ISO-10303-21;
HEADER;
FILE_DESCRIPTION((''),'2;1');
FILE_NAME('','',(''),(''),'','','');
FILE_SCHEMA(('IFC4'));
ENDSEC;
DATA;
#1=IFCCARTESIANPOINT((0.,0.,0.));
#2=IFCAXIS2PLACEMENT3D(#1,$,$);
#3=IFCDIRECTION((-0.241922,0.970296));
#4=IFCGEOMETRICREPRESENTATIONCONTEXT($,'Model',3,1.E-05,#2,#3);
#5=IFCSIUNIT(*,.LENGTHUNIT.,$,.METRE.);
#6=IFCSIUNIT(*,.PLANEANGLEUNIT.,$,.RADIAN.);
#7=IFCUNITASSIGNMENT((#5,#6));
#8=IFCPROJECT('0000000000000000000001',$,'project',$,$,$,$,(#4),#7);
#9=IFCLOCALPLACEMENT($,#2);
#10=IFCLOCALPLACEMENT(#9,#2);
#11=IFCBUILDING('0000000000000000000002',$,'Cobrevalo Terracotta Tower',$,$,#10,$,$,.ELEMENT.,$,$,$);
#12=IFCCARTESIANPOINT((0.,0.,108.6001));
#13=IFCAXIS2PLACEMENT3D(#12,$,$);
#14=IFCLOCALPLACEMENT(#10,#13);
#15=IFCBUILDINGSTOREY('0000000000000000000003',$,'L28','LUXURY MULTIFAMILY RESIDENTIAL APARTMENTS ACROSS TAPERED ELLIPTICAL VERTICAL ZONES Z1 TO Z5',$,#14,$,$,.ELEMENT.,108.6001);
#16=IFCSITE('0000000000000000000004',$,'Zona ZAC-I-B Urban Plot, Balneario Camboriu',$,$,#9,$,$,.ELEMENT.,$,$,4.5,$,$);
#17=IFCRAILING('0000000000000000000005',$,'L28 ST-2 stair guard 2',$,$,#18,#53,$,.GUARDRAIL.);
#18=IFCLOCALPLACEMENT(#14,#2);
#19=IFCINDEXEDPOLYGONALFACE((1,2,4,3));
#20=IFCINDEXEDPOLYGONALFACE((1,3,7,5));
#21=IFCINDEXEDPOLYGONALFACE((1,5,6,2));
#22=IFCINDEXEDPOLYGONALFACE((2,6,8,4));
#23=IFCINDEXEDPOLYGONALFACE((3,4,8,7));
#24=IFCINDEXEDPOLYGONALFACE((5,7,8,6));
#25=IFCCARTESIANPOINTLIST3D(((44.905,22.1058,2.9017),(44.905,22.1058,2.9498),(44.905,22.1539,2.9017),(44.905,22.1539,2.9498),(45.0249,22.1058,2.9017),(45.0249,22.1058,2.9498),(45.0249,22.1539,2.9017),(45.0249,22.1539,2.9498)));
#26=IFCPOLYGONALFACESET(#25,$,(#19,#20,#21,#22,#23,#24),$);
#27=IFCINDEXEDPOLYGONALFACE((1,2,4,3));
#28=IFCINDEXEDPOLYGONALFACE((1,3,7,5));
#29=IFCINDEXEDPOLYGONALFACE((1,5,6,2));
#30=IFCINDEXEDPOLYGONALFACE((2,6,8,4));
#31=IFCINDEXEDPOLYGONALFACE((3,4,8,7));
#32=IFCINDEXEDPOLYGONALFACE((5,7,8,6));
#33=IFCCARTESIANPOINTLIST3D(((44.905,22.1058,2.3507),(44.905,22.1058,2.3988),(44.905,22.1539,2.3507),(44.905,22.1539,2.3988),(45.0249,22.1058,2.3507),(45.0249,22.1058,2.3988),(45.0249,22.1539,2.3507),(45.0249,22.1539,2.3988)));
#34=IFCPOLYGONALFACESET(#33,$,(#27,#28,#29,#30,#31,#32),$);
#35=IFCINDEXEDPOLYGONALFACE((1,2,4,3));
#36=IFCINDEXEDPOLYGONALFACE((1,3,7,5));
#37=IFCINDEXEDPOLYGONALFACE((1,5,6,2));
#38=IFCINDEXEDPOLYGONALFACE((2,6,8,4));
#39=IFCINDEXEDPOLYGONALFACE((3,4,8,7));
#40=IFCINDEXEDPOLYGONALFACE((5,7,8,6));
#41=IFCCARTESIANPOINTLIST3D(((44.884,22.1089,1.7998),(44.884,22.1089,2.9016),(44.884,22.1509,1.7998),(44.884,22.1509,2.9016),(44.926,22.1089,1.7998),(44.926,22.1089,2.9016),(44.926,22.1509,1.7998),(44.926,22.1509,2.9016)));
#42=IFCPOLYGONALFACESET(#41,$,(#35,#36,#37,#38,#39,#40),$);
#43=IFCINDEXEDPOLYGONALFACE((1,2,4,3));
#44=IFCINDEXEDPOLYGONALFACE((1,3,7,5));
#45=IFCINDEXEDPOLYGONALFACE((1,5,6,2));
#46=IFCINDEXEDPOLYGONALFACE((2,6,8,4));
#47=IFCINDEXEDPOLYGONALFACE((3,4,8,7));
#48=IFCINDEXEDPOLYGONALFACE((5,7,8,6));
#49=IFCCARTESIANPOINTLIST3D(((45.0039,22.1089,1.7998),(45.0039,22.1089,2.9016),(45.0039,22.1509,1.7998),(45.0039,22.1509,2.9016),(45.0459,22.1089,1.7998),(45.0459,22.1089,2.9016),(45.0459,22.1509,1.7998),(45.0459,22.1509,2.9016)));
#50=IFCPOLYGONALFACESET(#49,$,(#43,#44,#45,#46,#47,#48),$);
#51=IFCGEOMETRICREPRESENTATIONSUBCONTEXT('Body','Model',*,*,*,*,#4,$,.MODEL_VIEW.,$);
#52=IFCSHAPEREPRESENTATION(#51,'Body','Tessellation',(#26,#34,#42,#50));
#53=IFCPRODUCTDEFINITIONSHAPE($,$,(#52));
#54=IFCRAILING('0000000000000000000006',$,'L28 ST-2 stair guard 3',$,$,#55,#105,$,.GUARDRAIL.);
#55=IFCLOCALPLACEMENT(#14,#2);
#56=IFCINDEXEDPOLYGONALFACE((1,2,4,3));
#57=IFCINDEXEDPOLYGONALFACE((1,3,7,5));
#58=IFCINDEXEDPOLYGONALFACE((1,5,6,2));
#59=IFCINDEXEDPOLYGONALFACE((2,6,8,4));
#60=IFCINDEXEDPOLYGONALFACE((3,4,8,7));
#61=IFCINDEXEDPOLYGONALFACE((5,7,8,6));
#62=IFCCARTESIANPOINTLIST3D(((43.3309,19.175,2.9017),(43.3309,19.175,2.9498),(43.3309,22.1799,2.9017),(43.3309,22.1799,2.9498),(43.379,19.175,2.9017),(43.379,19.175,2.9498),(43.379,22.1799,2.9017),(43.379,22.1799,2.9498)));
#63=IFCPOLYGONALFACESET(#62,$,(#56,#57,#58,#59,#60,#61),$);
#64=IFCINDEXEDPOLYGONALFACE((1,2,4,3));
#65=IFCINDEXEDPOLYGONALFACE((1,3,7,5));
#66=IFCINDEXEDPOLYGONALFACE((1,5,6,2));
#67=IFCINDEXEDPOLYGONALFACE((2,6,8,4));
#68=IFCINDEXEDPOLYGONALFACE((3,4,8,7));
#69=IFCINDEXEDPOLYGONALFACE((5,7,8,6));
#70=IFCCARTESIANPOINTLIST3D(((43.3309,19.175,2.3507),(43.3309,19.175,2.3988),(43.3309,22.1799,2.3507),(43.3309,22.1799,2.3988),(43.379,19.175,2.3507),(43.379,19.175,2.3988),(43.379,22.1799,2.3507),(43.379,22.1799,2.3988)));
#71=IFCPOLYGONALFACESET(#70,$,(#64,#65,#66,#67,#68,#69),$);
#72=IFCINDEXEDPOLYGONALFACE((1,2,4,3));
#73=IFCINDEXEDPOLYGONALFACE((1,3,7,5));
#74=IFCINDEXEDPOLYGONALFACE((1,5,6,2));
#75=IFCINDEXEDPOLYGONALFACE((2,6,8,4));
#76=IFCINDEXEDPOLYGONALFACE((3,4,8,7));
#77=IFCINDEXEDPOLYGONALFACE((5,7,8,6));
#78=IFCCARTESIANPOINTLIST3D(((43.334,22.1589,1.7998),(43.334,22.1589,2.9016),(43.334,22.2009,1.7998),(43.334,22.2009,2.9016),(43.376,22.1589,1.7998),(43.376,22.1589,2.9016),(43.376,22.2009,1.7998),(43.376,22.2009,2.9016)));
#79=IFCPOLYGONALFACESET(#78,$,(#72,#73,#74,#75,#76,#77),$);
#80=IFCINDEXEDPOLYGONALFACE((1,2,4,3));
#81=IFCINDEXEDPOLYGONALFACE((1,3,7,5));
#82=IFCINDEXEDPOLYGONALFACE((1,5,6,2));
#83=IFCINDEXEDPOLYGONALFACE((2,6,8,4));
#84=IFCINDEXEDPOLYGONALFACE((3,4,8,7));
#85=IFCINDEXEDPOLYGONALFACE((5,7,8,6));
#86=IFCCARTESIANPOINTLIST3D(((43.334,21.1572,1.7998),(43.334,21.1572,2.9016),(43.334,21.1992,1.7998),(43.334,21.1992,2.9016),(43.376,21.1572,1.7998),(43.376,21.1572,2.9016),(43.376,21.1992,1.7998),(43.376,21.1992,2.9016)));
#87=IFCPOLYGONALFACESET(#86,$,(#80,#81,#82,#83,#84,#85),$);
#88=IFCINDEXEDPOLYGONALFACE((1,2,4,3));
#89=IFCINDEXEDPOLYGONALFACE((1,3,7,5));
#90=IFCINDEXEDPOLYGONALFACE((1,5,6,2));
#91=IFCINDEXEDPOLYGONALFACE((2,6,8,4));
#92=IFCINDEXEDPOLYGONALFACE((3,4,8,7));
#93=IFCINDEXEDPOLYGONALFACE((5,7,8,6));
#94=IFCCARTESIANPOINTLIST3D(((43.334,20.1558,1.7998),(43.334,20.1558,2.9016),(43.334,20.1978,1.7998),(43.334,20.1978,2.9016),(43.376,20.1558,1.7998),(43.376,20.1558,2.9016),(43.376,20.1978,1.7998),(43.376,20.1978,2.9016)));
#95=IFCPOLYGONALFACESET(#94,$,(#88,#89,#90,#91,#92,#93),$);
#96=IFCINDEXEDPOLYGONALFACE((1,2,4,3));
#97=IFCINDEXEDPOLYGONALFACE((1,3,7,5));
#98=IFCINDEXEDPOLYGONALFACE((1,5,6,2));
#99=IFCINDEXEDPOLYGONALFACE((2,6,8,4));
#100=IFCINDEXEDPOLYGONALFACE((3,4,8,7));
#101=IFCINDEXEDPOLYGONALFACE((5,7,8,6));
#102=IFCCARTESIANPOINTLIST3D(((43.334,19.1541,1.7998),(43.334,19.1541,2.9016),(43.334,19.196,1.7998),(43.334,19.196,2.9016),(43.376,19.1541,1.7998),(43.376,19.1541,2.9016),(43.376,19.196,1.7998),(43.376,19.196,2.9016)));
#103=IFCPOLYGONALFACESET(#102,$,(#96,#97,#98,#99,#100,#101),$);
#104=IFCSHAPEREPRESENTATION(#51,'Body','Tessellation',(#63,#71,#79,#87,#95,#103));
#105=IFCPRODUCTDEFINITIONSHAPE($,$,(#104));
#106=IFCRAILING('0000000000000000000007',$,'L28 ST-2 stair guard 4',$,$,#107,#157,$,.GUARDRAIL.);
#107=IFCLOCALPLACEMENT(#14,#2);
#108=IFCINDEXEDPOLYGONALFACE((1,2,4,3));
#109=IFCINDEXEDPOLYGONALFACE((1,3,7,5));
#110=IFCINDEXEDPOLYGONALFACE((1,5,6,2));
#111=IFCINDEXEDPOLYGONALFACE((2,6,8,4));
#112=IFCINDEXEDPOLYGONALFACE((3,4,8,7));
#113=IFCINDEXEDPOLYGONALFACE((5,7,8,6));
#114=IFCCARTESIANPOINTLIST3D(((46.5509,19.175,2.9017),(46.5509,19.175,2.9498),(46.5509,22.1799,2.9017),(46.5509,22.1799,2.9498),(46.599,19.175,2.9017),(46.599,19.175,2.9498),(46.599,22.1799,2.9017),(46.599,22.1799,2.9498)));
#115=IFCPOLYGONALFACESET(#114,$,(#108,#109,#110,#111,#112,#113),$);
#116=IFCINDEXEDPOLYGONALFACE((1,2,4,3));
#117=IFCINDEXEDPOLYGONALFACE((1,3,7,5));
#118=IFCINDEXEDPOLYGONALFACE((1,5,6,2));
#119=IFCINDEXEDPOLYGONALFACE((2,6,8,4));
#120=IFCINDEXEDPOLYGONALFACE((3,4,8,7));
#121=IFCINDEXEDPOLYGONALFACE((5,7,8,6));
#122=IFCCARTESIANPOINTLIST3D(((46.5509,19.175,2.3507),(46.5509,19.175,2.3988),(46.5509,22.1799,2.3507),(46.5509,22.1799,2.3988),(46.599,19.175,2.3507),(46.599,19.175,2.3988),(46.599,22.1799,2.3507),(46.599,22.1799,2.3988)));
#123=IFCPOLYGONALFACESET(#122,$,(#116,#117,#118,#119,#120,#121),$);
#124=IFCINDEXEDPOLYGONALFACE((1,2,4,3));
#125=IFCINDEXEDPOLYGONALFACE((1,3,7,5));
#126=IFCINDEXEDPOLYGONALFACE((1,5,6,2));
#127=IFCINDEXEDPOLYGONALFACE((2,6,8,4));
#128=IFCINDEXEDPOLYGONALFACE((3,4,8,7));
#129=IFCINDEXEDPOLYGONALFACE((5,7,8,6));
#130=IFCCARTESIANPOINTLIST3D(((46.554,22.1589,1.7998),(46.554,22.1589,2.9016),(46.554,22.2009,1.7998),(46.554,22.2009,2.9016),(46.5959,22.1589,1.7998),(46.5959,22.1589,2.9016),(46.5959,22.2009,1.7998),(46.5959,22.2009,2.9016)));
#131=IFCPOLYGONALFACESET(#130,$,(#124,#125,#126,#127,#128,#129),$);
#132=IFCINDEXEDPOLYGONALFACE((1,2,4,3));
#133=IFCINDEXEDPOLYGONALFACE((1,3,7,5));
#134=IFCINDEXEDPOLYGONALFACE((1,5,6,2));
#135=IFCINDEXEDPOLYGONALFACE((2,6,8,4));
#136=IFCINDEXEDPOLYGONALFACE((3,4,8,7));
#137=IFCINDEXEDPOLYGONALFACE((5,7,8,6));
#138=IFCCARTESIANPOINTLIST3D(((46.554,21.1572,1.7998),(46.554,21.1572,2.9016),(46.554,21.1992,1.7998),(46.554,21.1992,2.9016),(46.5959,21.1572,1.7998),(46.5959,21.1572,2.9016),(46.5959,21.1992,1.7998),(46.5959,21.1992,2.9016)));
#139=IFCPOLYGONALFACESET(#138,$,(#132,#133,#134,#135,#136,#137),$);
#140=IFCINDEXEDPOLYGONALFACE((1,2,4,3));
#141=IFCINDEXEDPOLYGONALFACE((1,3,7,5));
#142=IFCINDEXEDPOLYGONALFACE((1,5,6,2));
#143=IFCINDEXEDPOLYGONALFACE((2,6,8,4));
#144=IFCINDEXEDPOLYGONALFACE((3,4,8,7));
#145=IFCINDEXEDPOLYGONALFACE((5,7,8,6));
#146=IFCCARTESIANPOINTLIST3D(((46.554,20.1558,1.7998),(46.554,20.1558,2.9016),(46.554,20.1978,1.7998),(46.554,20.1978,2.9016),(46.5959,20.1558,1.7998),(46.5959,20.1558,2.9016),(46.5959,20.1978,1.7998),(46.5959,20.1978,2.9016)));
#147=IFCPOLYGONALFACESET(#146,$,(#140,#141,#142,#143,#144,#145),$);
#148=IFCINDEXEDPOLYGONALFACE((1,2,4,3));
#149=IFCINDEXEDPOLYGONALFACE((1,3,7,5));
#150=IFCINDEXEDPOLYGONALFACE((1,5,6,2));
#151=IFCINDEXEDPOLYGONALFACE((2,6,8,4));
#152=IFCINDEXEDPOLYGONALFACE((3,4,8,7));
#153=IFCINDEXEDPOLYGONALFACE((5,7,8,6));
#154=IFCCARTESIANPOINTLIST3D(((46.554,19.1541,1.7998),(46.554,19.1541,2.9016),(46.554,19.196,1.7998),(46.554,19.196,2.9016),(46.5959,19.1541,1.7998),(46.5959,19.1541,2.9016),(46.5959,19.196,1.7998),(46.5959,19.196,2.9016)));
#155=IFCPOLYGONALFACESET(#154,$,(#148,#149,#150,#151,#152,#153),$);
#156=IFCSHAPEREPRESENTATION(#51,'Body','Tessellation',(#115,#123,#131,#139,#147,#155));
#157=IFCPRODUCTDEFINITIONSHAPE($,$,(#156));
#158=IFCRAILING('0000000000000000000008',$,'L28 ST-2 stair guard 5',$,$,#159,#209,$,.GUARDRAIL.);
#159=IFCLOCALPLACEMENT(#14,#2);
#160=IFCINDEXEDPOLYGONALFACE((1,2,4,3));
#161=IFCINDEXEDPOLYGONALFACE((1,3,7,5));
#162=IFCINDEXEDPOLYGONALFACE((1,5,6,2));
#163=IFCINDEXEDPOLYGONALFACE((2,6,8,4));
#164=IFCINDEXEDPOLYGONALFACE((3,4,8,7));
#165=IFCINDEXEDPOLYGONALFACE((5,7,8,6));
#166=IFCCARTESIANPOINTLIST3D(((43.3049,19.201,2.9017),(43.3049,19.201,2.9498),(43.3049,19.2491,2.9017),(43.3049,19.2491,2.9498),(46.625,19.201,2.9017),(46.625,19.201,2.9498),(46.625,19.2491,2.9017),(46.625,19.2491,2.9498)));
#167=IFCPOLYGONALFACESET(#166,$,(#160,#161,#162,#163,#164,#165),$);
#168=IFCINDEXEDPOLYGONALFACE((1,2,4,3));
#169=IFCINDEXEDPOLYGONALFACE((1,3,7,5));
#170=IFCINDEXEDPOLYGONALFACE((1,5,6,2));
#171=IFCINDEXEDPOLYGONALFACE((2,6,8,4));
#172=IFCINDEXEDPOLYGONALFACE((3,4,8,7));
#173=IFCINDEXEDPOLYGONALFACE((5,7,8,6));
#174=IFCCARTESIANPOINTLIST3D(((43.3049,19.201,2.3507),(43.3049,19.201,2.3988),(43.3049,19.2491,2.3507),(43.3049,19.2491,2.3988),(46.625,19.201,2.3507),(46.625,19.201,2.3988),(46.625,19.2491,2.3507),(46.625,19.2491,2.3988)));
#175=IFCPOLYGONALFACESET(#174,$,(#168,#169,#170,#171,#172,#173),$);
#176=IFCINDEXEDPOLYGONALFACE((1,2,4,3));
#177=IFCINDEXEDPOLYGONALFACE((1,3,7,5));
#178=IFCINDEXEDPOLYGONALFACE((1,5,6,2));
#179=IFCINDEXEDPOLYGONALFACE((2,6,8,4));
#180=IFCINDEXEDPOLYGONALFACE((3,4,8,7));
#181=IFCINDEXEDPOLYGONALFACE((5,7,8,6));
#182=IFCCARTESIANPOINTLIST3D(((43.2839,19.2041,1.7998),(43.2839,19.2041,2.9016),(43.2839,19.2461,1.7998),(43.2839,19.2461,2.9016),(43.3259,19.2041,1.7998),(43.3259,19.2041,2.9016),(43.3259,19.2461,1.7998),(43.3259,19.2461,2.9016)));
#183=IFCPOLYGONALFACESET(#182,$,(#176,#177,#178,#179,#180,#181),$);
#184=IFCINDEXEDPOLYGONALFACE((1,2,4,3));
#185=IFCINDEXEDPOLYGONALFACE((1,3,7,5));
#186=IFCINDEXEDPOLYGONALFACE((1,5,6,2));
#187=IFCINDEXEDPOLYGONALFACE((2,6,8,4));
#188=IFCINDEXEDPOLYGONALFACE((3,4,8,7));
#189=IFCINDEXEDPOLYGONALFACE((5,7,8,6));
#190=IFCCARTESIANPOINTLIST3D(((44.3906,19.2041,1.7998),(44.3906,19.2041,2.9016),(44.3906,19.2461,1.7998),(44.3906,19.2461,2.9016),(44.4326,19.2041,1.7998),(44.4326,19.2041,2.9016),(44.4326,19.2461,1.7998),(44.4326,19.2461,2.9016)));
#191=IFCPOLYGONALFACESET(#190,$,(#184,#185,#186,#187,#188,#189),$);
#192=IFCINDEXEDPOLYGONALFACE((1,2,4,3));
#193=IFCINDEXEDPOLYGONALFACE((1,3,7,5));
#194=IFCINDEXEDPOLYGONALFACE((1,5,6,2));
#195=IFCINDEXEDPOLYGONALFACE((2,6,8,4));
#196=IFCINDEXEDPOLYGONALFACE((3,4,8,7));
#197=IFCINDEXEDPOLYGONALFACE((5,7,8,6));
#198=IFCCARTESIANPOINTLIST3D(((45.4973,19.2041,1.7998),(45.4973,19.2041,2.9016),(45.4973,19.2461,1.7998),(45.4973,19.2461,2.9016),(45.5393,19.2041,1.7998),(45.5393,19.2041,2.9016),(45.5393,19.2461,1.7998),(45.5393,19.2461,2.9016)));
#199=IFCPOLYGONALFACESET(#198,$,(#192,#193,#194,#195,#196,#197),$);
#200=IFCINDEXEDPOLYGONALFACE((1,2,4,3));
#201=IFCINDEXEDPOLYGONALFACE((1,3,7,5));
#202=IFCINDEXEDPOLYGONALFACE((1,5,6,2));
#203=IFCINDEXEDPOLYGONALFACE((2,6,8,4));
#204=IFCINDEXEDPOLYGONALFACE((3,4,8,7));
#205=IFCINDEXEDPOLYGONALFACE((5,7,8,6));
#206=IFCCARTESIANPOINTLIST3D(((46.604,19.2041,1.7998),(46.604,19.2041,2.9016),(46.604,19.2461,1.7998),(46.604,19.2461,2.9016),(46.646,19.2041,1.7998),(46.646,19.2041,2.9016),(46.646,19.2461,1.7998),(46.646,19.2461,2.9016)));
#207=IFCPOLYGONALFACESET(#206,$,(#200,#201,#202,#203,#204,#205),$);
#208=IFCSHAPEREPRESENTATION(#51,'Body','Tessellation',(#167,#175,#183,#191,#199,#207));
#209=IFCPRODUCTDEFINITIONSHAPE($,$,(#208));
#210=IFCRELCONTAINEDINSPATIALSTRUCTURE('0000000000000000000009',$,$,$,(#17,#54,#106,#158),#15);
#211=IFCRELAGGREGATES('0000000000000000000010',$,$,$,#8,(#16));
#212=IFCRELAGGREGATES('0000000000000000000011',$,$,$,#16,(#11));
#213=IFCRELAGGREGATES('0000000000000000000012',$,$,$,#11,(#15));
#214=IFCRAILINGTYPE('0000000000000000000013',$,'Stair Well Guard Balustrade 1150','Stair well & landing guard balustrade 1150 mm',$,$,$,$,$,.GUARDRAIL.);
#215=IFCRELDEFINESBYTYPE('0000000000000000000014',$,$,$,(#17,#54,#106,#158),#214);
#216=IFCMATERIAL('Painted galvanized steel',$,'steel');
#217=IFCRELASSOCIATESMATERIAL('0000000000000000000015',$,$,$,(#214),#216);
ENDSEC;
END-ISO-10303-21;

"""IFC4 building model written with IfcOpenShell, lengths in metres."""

from ifc_helpers import new_model, si_unit, direction, frame, origin, origin_2d, place, context, subcontext, project, spatial, rectangle, extrude, material, type_object, element, save


model = new_model("IFC4")

# Units and contexts
model_context = context("Model", 3, precision=1e-05, world=origin(), true_north=direction((-0.241922, 0.970296)))
body_context = subcontext(model_context, "Body", "Model", "MODEL_VIEW")
ifc_project = project(units=[si_unit("LENGTHUNIT", "METRE"), si_unit("PLANEANGLEUNIT", "RADIAN")], contexts=[model_context])

# Site, building, storey
site_placement = place(None, origin())
site = spatial("IfcSite", under=ifc_project, at=site_placement, Name="Zona ZAC-I-B Urban Plot, Balneario Camboriu", CompositionType="ELEMENT", RefElevation=4.5)
building_placement = place(site_placement, origin())
building = spatial("IfcBuilding", under=site, at=building_placement, Name="Cobrevalo Terracotta Tower", CompositionType="ELEMENT")
storey_placement = place(building_placement, frame((0.0, 0.0, 108.6001)))
storey = spatial("IfcBuildingStorey", under=building, at=storey_placement, Name="L28", Description="LUXURY MULTIFAMILY RESIDENTIAL APARTMENTS ACROSS TAPERED ELLIPTICAL VERTICAL ZONES Z1 TO Z5", CompositionType="ELEMENT", Elevation=108.6001)

# Railings
ifc_material_1 = material(Name="Painted galvanized steel", Category="steel")
railing_type_1 = type_object("IfcRailingType", Name="Stair Well Guard Balustrade 1150", Description="Stair well & landing guard balustrade 1150 mm", PredefinedType="GUARDRAIL", material=ifc_material_1)
railing_1_placement = place(storey_placement, frame((44.905, 22.1299, 1.7998)))
element("IfcRailing", 1, at=railing_1_placement, inside=storey, type_object=railing_type_1, Name="L28 ST-2 stair guard 2", PredefinedType="GUARDRAIL", context=body_context, shape_type="SweptSolid", body=[
    extrude(rectangle(XDim=0.0481, YDim=0.0481, at=origin_2d()), frame((0.0, 0.0, 1.126), z_axis=(1.0, 0.0, 0.0), x_axis=(0.0, 1.0, 0.0)), (0.0, 0.0, 1.0), 0.1199),
    extrude(rectangle(XDim=0.0481, YDim=0.0481, at=origin_2d()), frame((0.0, 0.0, 0.575), z_axis=(1.0, 0.0, 0.0), x_axis=(0.0, 1.0, 0.0)), (0.0, 0.0, 1.0), 0.1199),
    extrude(rectangle(XDim=0.042, YDim=0.042, at=origin_2d()), origin(), (0.0, 0.0, 1.0), 1.1018),
    extrude(rectangle(XDim=0.042, YDim=0.042, at=origin_2d()), frame((0.1199, 0.0, 0.0)), (0.0, 0.0, 1.0), 1.1018),
])
for number, where, name in (
    (2, (43.355, 22.1799, 1.7998), "L28 ST-2 stair guard 3"),
    (3, (46.575, 22.1799, 1.7998), "L28 ST-2 stair guard 4"),
):
    element("IfcRailing", number, at=place(storey_placement, frame(where)), inside=storey, type_object=railing_type_1, Name=name, PredefinedType="GUARDRAIL", context=body_context, shape_type="SweptSolid", body=[
        extrude(rectangle(XDim=0.0481, YDim=0.0481, at=origin_2d()), frame((0.0, 0.0, 1.126), z_axis=(0.0, -1.0, 0.0), x_axis=(1.0, 0.0, 0.0)), (0.0, 0.0, 1.0), 3.0049),
        extrude(rectangle(XDim=0.0481, YDim=0.0481, at=origin_2d()), frame((0.0, 0.0, 0.575), z_axis=(0.0, -1.0, 0.0), x_axis=(1.0, 0.0, 0.0)), (0.0, 0.0, 1.0), 3.0049),
        extrude(rectangle(XDim=0.042, YDim=0.042, at=origin_2d()), origin(), (0.0, 0.0, 1.0), 1.1018),
        extrude(rectangle(XDim=0.042, YDim=0.042, at=origin_2d()), frame((0.0, -1.0017, 0.0)), (0.0, 0.0, 1.0), 1.1018),
        extrude(rectangle(XDim=0.042, YDim=0.042, at=origin_2d()), frame((0.0, -2.0032, 0.0)), (0.0, 0.0, 1.0), 1.1018),
        extrude(rectangle(XDim=0.042, YDim=0.042, at=origin_2d()), frame((0.0, -3.0049, 0.0)), (0.0, 0.0, 1.0), 1.1018),
    ])
railing_2_placement = place(storey_placement, frame((43.3049, 19.2251, 1.7998)))
element("IfcRailing", 4, at=railing_2_placement, inside=storey, type_object=railing_type_1, Name="L28 ST-2 stair guard 5", PredefinedType="GUARDRAIL", context=body_context, shape_type="SweptSolid", body=[
    extrude(rectangle(XDim=0.0481, YDim=0.0481, at=origin_2d()), frame((0.0, 0.0, 1.126), z_axis=(1.0, 0.0, 0.0), x_axis=(0.0, 1.0, 0.0)), (0.0, 0.0, 1.0), 3.3201),
    extrude(rectangle(XDim=0.0481, YDim=0.0481, at=origin_2d()), frame((0.0, 0.0, 0.575), z_axis=(1.0, 0.0, 0.0), x_axis=(0.0, 1.0, 0.0)), (0.0, 0.0, 1.0), 3.3201),
    extrude(rectangle(XDim=0.042, YDim=0.042, at=origin_2d()), origin(), (0.0, 0.0, 1.0), 1.1018),
    extrude(rectangle(XDim=0.042, YDim=0.042, at=origin_2d()), frame((1.1067, 0.0, 0.0)), (0.0, 0.0, 1.0), 1.1018),
    extrude(rectangle(XDim=0.042, YDim=0.042, at=origin_2d()), frame((2.2134, 0.0, 0.0)), (0.0, 0.0, 1.0), 1.1018),
    extrude(rectangle(XDim=0.042, YDim=0.042, at=origin_2d()), frame((3.3201, 0.0, 0.0)), (0.0, 0.0, 1.0), 1.1018),
])

save(model, "model.ifc")
